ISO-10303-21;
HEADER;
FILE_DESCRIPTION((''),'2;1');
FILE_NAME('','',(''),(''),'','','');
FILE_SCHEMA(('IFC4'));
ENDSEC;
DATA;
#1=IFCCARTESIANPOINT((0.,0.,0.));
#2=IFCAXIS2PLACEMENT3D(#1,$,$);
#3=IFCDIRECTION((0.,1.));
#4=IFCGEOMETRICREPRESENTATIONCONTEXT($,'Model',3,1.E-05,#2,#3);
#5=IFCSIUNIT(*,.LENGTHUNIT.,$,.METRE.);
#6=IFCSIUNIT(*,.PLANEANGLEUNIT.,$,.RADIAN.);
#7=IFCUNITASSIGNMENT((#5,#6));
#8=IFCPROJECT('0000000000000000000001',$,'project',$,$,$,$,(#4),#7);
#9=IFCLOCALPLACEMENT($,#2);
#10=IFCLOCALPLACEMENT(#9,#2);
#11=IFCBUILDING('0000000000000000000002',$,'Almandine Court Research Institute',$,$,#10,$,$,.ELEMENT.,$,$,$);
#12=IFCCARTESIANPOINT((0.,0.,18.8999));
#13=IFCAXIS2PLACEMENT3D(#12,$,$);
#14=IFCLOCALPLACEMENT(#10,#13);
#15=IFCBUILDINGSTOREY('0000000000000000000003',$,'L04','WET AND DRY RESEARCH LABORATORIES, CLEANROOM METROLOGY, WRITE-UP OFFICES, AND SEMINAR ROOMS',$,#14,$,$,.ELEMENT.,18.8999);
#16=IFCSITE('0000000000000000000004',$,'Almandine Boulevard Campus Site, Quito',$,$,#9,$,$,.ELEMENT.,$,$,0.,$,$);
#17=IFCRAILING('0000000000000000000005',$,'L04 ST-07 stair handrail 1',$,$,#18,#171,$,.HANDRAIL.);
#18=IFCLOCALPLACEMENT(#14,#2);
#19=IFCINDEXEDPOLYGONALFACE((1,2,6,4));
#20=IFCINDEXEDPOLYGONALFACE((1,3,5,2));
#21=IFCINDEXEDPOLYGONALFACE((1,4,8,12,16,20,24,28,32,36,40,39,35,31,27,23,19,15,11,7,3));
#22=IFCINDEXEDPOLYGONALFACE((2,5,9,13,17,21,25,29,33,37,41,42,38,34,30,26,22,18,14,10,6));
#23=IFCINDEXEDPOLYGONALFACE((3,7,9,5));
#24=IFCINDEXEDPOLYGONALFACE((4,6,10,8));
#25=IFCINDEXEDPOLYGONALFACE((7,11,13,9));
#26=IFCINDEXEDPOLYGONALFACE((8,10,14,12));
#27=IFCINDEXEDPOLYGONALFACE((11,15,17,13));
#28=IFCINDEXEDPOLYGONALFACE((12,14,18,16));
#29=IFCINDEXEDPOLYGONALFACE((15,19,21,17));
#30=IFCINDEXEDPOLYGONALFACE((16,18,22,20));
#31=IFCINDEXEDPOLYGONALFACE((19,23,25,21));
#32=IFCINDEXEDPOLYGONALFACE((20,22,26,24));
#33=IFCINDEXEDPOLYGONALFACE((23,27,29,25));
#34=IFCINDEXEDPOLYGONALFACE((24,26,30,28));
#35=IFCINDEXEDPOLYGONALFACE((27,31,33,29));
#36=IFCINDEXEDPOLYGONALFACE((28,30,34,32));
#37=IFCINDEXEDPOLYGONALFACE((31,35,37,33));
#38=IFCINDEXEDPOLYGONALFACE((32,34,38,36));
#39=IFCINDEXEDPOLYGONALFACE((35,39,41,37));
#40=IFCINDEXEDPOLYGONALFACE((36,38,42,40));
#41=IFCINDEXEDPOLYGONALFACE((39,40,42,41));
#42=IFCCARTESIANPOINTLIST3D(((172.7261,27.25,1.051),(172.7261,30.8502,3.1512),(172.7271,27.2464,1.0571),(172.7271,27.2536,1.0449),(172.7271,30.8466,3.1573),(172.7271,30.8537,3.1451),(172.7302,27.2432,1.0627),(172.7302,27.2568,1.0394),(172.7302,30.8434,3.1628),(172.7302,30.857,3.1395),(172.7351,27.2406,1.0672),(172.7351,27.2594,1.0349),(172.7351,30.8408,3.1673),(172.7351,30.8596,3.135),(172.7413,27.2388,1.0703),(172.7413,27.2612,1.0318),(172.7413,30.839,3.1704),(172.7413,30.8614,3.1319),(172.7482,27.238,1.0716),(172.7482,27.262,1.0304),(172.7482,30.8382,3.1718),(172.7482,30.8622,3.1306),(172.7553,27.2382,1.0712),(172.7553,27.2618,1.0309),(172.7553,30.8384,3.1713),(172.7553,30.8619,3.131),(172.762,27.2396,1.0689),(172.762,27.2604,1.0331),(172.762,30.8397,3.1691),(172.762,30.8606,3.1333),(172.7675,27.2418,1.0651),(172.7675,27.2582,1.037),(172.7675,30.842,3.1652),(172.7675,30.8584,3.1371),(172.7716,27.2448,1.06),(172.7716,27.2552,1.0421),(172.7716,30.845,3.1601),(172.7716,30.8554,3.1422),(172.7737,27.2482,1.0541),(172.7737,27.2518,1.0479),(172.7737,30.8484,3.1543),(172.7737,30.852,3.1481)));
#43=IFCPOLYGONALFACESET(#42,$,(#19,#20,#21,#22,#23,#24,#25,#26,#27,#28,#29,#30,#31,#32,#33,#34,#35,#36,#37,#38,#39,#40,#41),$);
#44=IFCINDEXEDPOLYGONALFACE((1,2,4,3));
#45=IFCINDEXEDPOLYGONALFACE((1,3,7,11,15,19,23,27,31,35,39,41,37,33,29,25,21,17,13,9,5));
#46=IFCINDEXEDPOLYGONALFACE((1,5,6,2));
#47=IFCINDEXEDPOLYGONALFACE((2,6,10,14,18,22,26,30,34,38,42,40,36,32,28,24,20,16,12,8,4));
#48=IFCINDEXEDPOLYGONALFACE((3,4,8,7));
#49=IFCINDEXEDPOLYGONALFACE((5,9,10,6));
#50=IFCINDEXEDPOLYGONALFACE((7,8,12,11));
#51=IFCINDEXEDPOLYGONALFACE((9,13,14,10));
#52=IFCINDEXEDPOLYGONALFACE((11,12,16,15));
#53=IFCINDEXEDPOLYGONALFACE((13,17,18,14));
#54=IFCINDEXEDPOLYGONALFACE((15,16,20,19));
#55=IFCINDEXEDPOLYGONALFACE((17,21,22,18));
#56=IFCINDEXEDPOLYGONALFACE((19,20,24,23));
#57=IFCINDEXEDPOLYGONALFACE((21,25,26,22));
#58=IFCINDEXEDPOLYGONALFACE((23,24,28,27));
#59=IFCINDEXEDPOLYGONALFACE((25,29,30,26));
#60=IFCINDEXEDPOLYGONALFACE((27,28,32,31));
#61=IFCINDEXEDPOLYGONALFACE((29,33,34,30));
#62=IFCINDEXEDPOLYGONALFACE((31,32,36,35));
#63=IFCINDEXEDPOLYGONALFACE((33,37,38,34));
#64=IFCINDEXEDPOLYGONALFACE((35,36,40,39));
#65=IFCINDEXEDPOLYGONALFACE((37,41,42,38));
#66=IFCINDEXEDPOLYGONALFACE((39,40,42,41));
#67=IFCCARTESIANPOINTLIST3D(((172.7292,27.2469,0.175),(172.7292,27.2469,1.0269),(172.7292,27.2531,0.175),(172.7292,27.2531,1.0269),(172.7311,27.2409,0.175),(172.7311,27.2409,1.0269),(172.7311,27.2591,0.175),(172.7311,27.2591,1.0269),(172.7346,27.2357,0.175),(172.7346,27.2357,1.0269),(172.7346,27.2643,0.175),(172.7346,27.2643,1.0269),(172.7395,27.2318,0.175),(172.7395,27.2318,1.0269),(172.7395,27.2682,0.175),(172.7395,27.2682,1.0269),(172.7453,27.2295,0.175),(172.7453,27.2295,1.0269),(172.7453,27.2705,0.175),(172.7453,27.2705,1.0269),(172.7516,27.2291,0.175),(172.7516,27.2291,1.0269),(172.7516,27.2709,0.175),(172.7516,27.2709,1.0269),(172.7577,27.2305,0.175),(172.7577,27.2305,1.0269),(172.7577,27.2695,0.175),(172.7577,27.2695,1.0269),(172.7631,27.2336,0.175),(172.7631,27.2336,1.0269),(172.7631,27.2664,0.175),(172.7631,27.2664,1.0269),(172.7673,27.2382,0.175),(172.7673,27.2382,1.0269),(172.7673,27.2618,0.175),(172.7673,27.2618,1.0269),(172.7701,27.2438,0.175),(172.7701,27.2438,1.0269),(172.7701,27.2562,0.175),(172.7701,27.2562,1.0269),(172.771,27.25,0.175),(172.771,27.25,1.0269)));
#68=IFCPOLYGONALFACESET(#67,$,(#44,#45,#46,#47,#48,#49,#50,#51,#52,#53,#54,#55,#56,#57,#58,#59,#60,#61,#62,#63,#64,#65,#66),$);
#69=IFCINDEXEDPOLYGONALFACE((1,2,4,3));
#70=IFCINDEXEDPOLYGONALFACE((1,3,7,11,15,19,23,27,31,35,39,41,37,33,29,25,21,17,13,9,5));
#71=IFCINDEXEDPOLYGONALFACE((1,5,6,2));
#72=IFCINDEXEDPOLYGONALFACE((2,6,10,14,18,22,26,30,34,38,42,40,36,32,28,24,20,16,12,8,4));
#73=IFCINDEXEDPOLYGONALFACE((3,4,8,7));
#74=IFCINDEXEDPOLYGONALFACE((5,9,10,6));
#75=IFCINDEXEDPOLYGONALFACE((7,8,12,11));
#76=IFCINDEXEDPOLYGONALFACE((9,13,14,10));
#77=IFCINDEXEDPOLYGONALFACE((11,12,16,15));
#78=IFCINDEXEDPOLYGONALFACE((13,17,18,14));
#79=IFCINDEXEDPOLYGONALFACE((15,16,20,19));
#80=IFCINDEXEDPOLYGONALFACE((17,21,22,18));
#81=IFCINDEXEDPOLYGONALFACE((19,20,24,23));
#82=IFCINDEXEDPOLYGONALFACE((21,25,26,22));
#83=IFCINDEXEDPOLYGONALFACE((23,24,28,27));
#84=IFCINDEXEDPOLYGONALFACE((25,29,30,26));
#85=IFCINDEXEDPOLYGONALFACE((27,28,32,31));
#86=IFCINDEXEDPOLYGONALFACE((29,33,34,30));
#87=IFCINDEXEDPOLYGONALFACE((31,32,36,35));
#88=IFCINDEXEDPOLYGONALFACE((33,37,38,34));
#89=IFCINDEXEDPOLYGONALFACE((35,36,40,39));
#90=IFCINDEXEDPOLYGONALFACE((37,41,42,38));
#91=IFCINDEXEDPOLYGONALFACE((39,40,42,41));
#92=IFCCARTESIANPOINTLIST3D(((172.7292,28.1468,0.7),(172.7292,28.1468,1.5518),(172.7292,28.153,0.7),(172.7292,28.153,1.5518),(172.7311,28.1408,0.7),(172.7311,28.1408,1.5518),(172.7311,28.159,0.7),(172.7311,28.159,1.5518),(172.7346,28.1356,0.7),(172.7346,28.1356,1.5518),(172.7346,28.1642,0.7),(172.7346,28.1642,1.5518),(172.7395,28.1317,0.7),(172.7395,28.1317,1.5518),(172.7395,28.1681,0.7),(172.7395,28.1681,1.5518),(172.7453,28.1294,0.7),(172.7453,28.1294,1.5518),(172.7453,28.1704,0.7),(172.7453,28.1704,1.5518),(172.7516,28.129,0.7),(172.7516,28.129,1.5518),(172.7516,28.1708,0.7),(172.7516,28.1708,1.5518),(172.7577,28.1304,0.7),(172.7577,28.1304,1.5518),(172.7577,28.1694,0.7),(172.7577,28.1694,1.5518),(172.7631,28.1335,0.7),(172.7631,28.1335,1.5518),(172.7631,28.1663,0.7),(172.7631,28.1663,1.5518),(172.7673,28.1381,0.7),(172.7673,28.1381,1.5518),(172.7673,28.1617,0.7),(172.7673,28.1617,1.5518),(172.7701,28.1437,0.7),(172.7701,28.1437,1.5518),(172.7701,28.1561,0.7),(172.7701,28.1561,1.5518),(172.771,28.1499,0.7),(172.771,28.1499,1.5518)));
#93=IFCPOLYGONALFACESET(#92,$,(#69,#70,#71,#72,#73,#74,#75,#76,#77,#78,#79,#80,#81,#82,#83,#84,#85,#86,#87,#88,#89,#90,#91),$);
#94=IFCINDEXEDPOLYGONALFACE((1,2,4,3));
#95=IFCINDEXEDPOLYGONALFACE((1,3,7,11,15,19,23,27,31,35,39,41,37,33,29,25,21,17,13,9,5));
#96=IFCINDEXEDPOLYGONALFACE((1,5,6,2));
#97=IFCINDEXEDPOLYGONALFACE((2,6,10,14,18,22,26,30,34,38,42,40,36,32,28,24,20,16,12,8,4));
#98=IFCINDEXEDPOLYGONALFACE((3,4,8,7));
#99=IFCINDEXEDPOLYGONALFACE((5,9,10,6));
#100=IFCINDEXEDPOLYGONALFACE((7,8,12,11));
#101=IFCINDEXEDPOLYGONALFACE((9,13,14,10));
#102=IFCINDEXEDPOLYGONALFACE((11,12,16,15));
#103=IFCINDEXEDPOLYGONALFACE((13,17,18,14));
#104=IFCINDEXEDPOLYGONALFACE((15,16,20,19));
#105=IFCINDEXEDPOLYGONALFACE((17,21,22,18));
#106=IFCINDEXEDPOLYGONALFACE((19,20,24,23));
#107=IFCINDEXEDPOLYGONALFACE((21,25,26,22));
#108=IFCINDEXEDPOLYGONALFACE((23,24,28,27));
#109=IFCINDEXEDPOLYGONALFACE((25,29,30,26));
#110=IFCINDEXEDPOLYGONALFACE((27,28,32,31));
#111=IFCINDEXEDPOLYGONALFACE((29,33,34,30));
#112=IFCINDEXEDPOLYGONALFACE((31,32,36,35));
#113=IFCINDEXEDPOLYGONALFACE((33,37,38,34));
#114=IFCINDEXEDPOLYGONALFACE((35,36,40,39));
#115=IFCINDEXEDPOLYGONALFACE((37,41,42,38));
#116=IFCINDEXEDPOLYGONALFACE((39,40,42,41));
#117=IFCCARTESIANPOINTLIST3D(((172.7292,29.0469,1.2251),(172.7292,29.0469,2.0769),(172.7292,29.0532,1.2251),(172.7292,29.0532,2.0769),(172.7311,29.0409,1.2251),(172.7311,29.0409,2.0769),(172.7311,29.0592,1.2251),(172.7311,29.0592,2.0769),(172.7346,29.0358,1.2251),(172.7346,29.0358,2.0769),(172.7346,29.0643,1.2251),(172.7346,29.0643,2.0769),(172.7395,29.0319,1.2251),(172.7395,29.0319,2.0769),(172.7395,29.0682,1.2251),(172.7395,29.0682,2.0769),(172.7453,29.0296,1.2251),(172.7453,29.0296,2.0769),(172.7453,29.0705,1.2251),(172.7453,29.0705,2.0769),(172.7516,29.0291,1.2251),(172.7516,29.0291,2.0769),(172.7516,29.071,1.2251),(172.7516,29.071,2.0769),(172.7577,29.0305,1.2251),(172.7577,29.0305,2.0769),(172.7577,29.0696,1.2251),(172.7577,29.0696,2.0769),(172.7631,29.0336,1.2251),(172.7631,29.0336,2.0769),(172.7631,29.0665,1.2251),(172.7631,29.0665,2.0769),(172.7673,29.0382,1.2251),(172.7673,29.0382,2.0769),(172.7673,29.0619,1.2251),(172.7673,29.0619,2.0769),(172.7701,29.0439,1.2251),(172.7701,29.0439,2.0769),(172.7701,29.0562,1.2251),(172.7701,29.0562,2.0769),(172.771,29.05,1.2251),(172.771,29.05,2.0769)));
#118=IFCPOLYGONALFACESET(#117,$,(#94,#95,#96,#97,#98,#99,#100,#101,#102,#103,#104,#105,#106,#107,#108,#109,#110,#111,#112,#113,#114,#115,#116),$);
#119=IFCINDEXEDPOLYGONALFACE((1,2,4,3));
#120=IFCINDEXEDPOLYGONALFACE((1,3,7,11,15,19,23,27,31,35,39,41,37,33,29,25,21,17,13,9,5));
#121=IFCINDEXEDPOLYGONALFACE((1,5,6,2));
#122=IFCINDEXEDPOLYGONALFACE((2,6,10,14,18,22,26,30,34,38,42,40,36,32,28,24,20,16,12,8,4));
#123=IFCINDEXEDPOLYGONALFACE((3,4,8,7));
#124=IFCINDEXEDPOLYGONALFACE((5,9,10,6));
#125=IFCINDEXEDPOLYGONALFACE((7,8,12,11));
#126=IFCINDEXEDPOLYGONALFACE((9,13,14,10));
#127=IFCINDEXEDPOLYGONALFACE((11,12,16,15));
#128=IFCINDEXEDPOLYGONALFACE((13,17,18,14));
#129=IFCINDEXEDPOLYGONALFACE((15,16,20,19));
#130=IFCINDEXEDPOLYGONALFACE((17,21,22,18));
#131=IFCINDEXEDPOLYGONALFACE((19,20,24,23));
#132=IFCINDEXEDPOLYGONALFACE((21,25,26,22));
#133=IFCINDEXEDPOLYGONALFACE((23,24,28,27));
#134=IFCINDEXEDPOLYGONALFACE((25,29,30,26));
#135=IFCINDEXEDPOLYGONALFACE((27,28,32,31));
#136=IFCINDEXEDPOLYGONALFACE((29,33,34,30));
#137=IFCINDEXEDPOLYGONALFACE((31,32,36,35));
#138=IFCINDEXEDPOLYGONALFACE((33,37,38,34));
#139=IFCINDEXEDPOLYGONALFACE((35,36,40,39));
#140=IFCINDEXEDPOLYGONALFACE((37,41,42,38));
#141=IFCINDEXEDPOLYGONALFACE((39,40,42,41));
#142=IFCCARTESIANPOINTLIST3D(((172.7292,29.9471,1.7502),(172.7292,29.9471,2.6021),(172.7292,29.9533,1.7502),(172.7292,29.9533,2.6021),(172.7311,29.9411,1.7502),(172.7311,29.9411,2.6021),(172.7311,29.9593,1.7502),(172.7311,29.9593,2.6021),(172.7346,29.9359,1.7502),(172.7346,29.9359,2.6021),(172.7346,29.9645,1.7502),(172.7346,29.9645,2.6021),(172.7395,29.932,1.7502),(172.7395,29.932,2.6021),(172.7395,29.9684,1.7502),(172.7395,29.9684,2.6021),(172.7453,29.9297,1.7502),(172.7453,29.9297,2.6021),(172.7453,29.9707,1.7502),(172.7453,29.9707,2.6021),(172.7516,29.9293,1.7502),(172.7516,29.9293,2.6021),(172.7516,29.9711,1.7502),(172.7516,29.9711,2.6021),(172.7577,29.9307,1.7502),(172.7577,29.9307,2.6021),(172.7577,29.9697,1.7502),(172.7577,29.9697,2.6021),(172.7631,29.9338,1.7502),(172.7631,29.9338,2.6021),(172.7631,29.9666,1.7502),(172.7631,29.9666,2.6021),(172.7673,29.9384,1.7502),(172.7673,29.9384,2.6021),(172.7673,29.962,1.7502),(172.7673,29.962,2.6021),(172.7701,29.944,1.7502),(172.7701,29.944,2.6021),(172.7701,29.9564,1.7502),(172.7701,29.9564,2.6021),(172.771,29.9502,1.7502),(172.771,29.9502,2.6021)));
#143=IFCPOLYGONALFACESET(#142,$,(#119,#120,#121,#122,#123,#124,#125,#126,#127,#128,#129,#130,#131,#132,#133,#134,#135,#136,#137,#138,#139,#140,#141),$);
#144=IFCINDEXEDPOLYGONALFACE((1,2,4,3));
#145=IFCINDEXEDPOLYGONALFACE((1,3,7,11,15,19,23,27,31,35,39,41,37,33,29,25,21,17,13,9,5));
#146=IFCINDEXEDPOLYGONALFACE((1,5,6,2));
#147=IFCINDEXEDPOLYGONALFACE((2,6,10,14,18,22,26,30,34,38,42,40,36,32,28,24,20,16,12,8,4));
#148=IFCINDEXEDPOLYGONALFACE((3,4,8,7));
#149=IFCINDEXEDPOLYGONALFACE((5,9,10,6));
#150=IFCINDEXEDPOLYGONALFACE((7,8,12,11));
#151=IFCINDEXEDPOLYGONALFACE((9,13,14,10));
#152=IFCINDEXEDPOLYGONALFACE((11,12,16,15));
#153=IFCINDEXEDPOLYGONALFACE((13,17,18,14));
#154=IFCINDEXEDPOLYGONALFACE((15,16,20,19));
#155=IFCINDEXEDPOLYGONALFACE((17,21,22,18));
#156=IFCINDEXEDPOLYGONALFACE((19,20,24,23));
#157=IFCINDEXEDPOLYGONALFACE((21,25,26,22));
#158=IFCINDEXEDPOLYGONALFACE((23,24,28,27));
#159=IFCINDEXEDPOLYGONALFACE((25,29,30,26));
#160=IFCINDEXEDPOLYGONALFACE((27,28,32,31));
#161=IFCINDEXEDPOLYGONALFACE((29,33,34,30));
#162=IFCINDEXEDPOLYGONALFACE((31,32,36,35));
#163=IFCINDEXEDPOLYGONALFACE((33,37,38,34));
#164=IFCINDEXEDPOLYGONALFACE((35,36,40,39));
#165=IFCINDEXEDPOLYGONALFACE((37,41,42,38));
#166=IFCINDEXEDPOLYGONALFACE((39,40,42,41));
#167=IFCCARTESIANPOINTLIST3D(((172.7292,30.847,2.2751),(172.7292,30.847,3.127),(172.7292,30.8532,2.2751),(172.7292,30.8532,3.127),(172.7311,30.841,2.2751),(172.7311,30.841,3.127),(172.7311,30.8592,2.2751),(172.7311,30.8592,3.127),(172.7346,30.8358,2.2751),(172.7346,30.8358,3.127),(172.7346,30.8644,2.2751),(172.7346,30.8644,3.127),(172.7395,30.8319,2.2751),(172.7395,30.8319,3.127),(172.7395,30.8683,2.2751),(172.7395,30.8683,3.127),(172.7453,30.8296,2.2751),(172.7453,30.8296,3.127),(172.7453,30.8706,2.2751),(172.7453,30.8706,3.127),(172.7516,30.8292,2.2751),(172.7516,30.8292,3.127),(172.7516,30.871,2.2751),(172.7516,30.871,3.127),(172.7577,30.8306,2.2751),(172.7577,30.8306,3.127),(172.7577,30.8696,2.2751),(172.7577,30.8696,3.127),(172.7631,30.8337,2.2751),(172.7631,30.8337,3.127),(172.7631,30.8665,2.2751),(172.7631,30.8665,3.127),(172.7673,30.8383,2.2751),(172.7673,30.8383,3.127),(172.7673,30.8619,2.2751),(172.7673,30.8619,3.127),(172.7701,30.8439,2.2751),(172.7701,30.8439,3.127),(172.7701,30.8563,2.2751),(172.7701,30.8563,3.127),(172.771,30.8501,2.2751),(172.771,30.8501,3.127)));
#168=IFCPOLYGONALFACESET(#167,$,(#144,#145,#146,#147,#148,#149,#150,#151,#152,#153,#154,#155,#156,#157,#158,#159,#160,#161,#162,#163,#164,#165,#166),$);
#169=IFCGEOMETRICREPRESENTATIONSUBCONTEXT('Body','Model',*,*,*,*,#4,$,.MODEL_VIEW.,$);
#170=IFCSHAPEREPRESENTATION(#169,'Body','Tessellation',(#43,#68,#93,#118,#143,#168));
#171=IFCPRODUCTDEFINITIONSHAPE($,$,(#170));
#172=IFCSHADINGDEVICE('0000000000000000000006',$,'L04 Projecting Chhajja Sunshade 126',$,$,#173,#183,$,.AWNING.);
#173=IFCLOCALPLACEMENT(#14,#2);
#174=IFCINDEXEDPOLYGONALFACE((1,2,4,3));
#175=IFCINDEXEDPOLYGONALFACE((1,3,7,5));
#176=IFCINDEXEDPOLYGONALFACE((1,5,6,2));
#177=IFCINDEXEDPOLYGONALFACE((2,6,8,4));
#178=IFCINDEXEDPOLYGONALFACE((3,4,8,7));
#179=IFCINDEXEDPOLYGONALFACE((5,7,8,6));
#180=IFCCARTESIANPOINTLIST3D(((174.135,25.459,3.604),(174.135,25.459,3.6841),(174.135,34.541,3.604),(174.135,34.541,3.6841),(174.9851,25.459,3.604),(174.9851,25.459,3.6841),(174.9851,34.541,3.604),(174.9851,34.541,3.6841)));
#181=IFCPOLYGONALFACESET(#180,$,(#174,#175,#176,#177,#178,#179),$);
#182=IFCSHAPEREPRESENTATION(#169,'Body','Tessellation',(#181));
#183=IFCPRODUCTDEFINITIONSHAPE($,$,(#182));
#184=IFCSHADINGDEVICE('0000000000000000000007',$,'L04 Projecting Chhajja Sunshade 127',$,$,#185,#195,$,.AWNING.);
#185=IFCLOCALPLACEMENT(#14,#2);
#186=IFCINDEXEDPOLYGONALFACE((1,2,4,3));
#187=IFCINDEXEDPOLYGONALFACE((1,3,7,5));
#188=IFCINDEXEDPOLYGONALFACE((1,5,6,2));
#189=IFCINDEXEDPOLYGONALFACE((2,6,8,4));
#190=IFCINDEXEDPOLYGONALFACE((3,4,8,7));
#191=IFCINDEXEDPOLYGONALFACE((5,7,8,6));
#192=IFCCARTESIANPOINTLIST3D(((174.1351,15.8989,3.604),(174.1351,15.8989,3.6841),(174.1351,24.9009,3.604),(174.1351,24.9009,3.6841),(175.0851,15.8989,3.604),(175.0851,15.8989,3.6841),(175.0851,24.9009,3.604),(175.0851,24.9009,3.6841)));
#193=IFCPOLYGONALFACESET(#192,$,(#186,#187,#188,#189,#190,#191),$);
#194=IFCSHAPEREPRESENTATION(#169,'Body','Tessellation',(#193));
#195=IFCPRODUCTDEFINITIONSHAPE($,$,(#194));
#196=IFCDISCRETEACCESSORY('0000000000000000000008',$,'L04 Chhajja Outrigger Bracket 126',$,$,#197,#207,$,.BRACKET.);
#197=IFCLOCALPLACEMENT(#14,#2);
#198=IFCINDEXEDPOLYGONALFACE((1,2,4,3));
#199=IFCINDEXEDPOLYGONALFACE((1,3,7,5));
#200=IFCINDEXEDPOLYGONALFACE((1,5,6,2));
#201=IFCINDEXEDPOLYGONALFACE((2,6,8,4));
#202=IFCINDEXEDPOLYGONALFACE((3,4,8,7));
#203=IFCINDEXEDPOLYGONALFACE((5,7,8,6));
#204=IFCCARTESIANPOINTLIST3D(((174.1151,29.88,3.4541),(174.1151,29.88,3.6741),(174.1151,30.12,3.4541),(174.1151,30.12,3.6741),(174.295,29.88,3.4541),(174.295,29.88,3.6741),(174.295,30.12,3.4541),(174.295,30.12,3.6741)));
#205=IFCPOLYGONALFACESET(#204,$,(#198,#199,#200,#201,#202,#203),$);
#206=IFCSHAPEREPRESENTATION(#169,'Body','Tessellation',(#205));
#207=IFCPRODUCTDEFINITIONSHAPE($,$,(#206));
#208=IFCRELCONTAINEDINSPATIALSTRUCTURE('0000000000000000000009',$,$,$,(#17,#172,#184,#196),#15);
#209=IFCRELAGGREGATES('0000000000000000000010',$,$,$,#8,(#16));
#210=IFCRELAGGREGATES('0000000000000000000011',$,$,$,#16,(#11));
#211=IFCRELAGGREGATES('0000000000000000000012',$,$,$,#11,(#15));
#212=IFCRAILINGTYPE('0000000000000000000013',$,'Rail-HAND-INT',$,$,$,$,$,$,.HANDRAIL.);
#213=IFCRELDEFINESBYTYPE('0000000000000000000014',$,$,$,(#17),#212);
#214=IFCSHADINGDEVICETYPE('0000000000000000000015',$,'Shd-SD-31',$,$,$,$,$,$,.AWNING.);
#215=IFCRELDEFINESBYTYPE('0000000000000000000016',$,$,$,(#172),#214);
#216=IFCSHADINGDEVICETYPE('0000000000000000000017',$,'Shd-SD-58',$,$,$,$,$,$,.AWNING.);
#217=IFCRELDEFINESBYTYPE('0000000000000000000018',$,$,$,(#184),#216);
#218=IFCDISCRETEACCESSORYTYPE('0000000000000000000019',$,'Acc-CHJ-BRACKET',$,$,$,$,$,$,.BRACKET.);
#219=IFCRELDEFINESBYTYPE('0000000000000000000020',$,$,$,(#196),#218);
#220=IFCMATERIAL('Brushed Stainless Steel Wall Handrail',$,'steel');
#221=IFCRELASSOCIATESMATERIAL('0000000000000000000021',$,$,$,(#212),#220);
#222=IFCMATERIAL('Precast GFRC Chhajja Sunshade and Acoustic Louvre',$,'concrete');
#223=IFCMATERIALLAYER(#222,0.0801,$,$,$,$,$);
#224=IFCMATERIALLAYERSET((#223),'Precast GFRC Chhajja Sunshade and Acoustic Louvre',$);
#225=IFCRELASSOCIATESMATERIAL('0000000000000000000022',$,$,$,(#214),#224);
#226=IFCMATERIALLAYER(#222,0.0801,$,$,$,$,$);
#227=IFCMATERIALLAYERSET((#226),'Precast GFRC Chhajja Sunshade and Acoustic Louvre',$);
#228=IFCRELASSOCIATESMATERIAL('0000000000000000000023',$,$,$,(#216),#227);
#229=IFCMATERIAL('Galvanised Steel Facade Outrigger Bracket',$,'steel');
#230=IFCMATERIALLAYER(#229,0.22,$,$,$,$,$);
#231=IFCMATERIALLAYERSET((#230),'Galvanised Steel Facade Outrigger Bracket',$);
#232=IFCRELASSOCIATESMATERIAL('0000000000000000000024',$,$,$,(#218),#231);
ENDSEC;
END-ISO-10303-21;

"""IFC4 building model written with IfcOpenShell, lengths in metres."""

from ifc_helpers import new_model, si_unit, direction, frame, origin, origin_2d, place, context, subcontext, project, spatial, rectangle, circle, extrude, material, layer, layer_set, type_object, element, save


model = new_model("IFC4")

# Units and contexts
model_context = context("Model", 3, precision=1e-05, world=origin(), true_north=direction((0.0, 1.0)))
body_context = subcontext(model_context, "Body", "Model", "MODEL_VIEW")
ifc_project = project(units=[si_unit("LENGTHUNIT", "METRE"), si_unit("PLANEANGLEUNIT", "RADIAN")], contexts=[model_context])

# Site, building, storey
site_placement = place(None, origin())
site = spatial("IfcSite", under=ifc_project, at=site_placement, Name="Almandine Boulevard Campus Site, Quito", CompositionType="ELEMENT", RefElevation=0.0)
building_placement = place(site_placement, origin())
building = spatial("IfcBuilding", under=site, at=building_placement, Name="Almandine Court Research Institute", CompositionType="ELEMENT")
storey_placement = place(building_placement, frame((0.0, 0.0, 18.8999)))
storey = spatial("IfcBuildingStorey", under=building, at=storey_placement, Name="L04", Description="WET AND DRY RESEARCH LABORATORIES, CLEANROOM METROLOGY, WRITE-UP OFFICES, AND SEMINAR ROOMS", CompositionType="ELEMENT", Elevation=18.8999)

# Railing
ifc_material_1 = material(Name="Brushed Stainless Steel Wall Handrail", Category="steel")
railing_type_1 = type_object("IfcRailingType", Name="Rail-HAND-INT", PredefinedType="HANDRAIL", material=ifc_material_1)
railing_1_placement = place(storey_placement, frame((172.75, 27.25, 0.175)))
element("IfcRailing", 1, at=railing_1_placement, inside=storey, type_object=railing_type_1, Name="L04 ST-07 stair handrail 1", PredefinedType="HANDRAIL", context=body_context, shape_type="SweptSolid", body=[
    extrude(circle(Radius=0.0239, at=origin_2d()), frame((0.0, 0.0, 0.876), z_axis=(0.0, 0.863775, 0.503878), x_axis=(-1.0, 0.0, 0.0)), (0.0, 0.0, 1.0), 4.168),
    extrude(circle(Radius=0.021, at=origin_2d()), origin(), (0.0, 0.0, 1.0), 0.8518),
    extrude(circle(Radius=0.021, at=origin_2d()), frame((0.0, 0.8999, 0.5249)), (0.0, 0.0, 1.0), 0.8518),
    extrude(circle(Radius=0.021, at=origin_2d()), frame((0.0, 1.8, 1.05)), (0.0, 0.0, 1.0), 0.8518),
    extrude(circle(Radius=0.021, at=origin_2d()), frame((0.0, 2.7002, 1.5752)), (0.0, 0.0, 1.0), 0.8518),
    extrude(circle(Radius=0.021, at=origin_2d()), frame((0.0, 3.6001, 2.1001)), (0.0, 0.0, 1.0), 0.8518),
])

# Shading devices
ifc_material_2 = material(Name="Precast GFRC Chhajja Sunshade and Acoustic Louvre", Category="concrete")
ifc_layer_1 = layer(ifc_material_2, 0.0801)
ifc_layer_set_1 = layer_set([ifc_layer_1], Name="Precast GFRC Chhajja Sunshade and Acoustic Louvre")
shading_device_type_1 = type_object("IfcShadingDeviceType", Name="Shd-SD-31", PredefinedType="AWNING", material=ifc_layer_set_1)
shading_device_1_placement = place(storey_placement, frame((174.5601, 30.0, 3.604), z_axis=(0.0, 0.0, 1.0), x_axis=(0.0, -1.0, 0.0)))
element("IfcShadingDevice", 2, at=shading_device_1_placement, inside=storey, type_object=shading_device_type_1, Name="L04 Projecting Chhajja Sunshade 126", PredefinedType="AWNING", context=body_context, shape_type="SweptSolid", body=[
    extrude(rectangle(XDim=9.082, YDim=0.8501, at=origin_2d()), origin(), (0.0, 0.0, 1.0), 0.0801),
])
ifc_layer_2 = layer(ifc_material_2, 0.0801)
ifc_layer_set_2 = layer_set([ifc_layer_2], Name="Precast GFRC Chhajja Sunshade and Acoustic Louvre")
shading_device_type_2 = type_object("IfcShadingDeviceType", Name="Shd-SD-58", PredefinedType="AWNING", material=ifc_layer_set_2)
shading_device_2_placement = place(storey_placement, frame((174.6101, 20.3999, 3.604), z_axis=(0.0, 0.0, 1.0), x_axis=(0.0, -1.0, 0.0)))
element("IfcShadingDevice", 3, at=shading_device_2_placement, inside=storey, type_object=shading_device_type_2, Name="L04 Projecting Chhajja Sunshade 127", PredefinedType="AWNING", context=body_context, shape_type="SweptSolid", body=[
    extrude(rectangle(XDim=9.002, YDim=0.95, at=origin_2d()), origin(), (0.0, 0.0, 1.0), 0.0801),
])

# Discrete accessory
ifc_material_3 = material(Name="Galvanised Steel Facade Outrigger Bracket", Category="steel")
ifc_layer_3 = layer(ifc_material_3, 0.22)
ifc_layer_set_3 = layer_set([ifc_layer_3], Name="Galvanised Steel Facade Outrigger Bracket")
discrete_accessory_type = type_object("IfcDiscreteAccessoryType", Name="Acc-CHJ-BRACKET", PredefinedType="BRACKET", material=ifc_layer_set_3)
for number, where, z_axis, x_axis, name in (
    (4, (174.2051, 30.0, 3.4541), (0.0, 0.0, 1.0), (0.0, -1.0, 0.0), "L04 Chhajja Outrigger Bracket 126"),
):
    element("IfcDiscreteAccessory", number, at=place(storey_placement, frame(where, z_axis=z_axis, x_axis=x_axis)), inside=storey, type_object=discrete_accessory_type, Name=name, PredefinedType="BRACKET", context=body_context, shape_type="SweptSolid", body=[
        extrude(rectangle(XDim=0.24, YDim=0.1799, at=origin_2d()), origin(), (0.0, 0.0, 1.0), 0.22),
    ])

save(model, "model.ifc")
